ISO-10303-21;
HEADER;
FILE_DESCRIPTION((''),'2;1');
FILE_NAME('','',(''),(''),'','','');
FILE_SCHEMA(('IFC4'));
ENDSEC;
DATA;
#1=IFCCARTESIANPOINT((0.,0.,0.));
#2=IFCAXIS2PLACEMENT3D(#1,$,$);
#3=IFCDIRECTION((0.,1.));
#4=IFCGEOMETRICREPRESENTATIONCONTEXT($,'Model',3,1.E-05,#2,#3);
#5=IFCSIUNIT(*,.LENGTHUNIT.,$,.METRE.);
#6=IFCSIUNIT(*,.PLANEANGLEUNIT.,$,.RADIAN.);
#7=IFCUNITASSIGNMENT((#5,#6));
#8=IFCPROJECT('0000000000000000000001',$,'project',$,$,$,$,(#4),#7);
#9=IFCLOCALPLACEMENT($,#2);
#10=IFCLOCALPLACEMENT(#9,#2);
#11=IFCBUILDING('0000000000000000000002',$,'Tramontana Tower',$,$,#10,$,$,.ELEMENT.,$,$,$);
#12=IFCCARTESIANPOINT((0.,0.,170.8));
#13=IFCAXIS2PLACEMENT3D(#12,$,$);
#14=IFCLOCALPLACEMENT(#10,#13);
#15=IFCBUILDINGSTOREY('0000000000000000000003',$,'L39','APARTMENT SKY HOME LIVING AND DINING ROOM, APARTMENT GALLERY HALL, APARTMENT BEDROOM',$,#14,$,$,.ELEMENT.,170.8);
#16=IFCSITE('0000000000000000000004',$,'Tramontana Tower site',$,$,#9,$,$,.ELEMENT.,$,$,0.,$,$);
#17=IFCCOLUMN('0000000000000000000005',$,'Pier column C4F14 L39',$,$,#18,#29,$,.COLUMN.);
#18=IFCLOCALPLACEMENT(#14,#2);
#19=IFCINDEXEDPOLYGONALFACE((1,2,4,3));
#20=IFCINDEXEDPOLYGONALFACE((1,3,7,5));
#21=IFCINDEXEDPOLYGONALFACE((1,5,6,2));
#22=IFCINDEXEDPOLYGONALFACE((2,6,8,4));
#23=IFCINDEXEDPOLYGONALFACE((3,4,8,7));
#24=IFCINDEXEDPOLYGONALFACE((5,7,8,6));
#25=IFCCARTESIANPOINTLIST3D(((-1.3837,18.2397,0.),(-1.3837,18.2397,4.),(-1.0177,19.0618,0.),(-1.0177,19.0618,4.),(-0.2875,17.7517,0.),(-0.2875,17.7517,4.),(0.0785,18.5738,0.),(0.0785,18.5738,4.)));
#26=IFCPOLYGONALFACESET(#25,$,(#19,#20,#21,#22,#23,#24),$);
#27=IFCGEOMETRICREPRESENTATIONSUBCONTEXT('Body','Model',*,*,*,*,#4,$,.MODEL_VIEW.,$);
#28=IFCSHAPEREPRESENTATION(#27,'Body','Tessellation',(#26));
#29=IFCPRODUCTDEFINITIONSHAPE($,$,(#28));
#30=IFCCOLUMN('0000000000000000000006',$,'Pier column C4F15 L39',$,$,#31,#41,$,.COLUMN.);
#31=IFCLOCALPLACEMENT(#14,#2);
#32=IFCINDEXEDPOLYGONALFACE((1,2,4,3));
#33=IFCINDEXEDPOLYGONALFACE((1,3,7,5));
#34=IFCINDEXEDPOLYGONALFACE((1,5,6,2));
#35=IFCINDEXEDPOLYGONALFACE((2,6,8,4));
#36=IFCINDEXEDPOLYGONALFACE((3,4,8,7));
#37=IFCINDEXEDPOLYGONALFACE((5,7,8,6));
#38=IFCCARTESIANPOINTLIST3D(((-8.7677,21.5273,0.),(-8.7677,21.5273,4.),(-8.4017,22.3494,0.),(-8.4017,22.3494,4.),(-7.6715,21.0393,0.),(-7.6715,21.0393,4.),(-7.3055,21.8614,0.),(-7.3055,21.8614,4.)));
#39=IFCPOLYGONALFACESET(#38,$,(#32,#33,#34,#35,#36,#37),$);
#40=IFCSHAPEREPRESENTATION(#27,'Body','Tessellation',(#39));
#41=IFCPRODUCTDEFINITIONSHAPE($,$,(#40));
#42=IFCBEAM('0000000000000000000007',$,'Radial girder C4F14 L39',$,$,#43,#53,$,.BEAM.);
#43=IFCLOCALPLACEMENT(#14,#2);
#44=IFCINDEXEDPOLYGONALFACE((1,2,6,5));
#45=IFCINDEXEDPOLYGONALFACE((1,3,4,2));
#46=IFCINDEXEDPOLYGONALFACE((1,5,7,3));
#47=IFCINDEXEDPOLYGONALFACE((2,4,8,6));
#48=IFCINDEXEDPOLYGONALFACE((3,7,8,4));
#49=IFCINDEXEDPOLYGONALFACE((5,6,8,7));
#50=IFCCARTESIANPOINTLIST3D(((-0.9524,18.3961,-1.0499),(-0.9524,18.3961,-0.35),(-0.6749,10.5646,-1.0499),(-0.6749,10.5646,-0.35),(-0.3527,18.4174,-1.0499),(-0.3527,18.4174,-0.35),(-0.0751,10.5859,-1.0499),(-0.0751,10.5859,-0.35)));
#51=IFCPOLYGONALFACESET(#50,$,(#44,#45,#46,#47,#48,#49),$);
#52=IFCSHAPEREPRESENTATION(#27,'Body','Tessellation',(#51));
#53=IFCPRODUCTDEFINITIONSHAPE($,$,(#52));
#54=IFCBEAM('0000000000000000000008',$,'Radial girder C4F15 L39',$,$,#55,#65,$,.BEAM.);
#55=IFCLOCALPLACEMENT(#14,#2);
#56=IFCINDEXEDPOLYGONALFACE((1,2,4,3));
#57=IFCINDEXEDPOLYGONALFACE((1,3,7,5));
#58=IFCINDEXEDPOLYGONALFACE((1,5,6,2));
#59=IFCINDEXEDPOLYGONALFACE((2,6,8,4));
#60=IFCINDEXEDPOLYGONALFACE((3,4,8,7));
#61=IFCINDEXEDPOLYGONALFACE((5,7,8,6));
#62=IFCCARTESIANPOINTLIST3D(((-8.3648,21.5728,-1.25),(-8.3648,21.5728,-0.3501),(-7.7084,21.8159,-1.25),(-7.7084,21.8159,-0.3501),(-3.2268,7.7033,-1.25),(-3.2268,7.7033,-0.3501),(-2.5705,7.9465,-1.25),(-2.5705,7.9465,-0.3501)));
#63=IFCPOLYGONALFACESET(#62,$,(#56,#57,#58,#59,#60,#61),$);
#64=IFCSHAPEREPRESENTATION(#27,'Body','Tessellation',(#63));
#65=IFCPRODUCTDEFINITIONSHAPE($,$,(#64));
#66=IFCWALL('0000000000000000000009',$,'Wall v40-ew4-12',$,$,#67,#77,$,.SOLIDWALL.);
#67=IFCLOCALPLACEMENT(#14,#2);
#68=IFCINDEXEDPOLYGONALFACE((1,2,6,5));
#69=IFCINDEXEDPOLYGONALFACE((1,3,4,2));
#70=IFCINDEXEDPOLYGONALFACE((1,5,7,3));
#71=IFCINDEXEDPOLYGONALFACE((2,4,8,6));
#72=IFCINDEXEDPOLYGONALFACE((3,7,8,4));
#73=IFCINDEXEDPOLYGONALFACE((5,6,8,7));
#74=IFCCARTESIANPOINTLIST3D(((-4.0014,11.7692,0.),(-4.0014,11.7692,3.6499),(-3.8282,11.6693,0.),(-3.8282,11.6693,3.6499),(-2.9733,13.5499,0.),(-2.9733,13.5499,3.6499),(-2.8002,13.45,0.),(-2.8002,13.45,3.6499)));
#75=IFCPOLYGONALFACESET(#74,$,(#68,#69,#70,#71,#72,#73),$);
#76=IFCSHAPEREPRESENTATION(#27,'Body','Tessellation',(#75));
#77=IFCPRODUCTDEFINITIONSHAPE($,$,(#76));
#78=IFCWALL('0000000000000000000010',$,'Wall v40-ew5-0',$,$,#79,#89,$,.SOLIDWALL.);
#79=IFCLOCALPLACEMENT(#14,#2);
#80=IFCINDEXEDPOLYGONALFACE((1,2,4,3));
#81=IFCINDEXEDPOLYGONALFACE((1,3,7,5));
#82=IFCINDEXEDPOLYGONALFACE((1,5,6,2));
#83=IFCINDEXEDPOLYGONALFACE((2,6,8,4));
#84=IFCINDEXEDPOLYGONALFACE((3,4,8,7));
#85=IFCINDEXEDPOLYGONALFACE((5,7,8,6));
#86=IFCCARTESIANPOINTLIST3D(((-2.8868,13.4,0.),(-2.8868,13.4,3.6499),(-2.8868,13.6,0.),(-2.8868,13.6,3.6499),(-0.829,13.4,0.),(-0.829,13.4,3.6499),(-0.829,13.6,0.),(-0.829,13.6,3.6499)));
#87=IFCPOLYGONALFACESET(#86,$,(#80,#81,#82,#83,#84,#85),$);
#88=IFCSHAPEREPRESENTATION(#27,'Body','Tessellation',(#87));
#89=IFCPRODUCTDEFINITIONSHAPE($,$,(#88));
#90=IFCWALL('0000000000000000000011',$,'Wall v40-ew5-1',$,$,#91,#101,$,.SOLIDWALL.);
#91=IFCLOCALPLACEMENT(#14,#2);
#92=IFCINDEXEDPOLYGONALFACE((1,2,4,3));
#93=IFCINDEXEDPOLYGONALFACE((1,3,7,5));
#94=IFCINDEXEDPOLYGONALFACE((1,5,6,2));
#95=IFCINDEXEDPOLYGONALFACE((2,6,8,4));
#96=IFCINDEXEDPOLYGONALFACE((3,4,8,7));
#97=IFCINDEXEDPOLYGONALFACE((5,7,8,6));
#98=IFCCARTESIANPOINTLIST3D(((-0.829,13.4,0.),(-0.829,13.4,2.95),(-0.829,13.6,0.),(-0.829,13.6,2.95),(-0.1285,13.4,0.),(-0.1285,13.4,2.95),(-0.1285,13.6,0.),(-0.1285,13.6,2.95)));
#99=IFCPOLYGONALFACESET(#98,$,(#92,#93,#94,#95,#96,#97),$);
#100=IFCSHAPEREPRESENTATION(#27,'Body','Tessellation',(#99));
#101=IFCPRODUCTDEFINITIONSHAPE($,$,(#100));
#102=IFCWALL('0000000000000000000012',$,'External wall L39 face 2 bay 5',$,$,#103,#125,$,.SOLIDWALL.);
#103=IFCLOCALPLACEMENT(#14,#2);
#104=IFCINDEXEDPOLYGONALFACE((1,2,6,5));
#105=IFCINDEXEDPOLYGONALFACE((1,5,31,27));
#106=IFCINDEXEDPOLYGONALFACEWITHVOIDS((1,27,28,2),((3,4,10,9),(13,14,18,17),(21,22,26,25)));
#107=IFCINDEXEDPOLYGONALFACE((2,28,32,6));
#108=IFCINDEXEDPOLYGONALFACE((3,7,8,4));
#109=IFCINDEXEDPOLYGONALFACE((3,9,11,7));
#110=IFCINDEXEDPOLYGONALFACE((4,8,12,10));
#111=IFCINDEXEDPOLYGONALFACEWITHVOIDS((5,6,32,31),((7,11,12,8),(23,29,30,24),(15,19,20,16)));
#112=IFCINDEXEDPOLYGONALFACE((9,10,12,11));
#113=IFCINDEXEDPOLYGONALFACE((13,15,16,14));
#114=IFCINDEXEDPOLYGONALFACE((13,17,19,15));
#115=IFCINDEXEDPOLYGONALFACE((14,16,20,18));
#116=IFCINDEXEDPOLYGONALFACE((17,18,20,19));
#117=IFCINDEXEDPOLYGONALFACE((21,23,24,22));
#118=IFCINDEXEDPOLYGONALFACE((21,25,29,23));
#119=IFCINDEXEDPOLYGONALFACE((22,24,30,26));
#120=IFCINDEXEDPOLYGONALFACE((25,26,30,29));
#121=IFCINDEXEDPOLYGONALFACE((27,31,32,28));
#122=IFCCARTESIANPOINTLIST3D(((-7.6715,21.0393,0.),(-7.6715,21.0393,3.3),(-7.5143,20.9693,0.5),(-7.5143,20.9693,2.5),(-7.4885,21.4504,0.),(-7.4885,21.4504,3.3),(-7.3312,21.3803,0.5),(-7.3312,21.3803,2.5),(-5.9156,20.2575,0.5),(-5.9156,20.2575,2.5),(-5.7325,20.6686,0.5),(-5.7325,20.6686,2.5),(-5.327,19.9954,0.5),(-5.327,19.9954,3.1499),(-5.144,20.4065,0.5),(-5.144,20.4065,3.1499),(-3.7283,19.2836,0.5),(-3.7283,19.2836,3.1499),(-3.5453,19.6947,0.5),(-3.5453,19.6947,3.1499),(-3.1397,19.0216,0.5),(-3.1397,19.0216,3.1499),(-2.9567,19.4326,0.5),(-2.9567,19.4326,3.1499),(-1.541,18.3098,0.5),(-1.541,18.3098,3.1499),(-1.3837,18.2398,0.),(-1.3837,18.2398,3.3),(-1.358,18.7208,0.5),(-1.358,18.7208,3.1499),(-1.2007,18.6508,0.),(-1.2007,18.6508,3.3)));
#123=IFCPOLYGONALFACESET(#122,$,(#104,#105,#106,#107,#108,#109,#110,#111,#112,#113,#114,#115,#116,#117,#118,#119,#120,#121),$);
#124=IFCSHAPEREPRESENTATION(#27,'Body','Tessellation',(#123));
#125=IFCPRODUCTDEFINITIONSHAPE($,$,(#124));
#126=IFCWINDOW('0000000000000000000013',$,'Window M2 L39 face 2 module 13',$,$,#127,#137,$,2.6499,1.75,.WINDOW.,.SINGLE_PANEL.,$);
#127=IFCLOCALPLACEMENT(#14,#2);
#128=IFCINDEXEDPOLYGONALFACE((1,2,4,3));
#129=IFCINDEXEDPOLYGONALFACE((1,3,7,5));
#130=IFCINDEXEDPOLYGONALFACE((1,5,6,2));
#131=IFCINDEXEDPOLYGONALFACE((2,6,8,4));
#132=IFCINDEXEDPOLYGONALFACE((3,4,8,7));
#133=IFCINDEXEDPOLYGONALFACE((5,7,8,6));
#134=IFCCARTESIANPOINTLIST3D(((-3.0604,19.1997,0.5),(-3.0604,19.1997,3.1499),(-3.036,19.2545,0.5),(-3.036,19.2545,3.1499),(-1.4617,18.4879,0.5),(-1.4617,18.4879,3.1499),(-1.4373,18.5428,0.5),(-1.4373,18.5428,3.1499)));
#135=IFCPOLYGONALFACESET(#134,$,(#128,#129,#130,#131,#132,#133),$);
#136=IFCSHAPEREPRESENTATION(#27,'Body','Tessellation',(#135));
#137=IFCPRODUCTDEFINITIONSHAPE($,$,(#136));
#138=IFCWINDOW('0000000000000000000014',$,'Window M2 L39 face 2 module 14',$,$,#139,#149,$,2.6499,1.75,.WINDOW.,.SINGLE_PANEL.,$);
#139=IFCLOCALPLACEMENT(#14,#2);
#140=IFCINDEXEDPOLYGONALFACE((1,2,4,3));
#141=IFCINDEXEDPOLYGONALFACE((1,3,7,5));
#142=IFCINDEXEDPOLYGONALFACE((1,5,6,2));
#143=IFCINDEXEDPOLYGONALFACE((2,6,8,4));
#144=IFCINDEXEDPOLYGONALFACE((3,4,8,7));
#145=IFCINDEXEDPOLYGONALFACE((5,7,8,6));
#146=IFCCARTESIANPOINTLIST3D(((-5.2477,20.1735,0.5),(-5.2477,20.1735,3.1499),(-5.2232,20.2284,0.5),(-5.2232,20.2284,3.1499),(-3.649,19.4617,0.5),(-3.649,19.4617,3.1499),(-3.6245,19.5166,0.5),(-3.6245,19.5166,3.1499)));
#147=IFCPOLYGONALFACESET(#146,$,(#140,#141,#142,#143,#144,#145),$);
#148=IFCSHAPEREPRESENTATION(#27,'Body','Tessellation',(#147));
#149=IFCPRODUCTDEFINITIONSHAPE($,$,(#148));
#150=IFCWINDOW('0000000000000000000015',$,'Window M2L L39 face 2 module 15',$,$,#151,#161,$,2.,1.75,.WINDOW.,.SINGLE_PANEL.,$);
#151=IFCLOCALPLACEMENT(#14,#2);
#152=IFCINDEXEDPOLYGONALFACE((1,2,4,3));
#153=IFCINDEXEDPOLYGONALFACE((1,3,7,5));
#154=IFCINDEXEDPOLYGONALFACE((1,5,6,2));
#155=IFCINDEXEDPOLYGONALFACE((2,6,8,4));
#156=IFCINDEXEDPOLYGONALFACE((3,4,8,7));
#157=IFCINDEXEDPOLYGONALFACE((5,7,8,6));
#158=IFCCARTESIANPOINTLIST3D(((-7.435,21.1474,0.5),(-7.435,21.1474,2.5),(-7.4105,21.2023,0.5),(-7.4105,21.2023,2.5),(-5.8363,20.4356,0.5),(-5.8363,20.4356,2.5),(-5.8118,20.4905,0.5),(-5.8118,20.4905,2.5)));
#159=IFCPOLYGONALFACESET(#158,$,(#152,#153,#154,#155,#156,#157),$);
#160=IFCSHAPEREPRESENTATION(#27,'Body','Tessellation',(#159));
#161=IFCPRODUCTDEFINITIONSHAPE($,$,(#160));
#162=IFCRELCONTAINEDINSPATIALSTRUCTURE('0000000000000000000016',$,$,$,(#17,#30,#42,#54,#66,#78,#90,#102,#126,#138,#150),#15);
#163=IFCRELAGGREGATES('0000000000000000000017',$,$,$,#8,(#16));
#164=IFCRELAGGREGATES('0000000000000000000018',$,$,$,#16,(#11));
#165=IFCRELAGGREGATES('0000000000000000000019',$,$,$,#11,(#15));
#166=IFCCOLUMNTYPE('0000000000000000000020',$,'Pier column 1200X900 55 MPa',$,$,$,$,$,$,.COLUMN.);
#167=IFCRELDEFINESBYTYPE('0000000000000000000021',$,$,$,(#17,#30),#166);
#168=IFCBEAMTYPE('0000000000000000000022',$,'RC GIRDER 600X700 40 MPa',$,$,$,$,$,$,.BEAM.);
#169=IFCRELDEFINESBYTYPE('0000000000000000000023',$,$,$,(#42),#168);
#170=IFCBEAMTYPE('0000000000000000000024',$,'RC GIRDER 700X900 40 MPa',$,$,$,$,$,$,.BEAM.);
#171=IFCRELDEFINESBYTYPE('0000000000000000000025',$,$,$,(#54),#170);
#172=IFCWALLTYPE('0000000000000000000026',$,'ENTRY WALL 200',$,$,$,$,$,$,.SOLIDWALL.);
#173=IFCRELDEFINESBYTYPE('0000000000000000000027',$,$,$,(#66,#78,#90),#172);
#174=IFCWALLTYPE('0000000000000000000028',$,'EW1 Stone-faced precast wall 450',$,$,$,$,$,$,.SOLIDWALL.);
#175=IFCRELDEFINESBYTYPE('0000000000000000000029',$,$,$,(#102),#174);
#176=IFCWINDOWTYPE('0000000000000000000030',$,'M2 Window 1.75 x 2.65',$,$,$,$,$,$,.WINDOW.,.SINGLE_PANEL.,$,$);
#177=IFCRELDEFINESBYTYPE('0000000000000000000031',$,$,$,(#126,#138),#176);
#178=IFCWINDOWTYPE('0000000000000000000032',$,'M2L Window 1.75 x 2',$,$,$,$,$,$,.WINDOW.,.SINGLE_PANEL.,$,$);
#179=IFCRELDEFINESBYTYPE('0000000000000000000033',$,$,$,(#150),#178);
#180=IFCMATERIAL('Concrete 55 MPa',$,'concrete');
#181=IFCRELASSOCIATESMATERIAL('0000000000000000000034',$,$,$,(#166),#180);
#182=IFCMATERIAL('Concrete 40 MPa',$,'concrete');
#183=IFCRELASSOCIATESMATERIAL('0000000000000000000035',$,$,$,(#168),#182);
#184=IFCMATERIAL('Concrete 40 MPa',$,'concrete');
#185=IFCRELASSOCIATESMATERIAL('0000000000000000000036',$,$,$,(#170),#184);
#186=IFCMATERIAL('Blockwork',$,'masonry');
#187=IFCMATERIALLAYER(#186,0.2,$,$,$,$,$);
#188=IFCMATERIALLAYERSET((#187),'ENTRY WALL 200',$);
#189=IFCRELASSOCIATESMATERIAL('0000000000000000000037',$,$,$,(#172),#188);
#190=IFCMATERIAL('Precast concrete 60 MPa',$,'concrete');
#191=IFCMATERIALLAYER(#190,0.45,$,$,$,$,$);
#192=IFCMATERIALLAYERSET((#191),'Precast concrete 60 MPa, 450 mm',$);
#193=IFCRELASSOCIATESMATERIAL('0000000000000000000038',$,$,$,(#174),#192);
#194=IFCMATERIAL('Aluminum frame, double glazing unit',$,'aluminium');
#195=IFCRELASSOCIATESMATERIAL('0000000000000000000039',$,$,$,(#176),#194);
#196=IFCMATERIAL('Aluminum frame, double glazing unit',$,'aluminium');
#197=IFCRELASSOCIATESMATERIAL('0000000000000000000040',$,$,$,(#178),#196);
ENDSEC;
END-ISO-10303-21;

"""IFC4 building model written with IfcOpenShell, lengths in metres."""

from ifc_helpers import new_model, si_unit, direction, frame, frame_2d, origin, origin_2d, place, context, subcontext, project, spatial, rectangle, extrude, material, layer, layer_set, material_profile, profile_set, type_object, element, fill, save


model = new_model("IFC4")

# Units and contexts
model_context = context("Model", 3, precision=1e-05, world=origin(), true_north=direction((0.0, 1.0)))
body_context = subcontext(model_context, "Body", "Model", "MODEL_VIEW")
ifc_project = project(units=[si_unit("LENGTHUNIT", "METRE"), si_unit("PLANEANGLEUNIT", "RADIAN")], contexts=[model_context])

# Site, building, storey
site_placement = place(None, origin())
site = spatial("IfcSite", under=ifc_project, at=site_placement, Name="Tramontana Tower site", CompositionType="ELEMENT", RefElevation=0.0)
building_placement = place(site_placement, origin())
building = spatial("IfcBuilding", under=site, at=building_placement, Name="Tramontana Tower", CompositionType="ELEMENT")
storey_placement = place(building_placement, frame((0.0, 0.0, 170.8)))
storey = spatial("IfcBuildingStorey", under=building, at=storey_placement, Name="L39", Description="APARTMENT SKY HOME LIVING AND DINING ROOM, APARTMENT GALLERY HALL, APARTMENT BEDROOM", CompositionType="ELEMENT", Elevation=170.8)

# Columns
ifc_material_1 = material(Name="Concrete 55 MPa", Category="concrete")
ifc_material_profile_1 = material_profile(ifc_material_1, rectangle(XDim=1.2, YDim=0.8999, at=origin_2d()), Name="Pier column 1200X900 55 MPa")
ifc_profile_set_1 = profile_set([ifc_material_profile_1], Name="Concrete 55 MPa")
column_type = type_object("IfcColumnType", Name="Pier column 1200X900 55 MPa", PredefinedType="COLUMN", material=ifc_profile_set_1)
for number, where, z_axis, x_axis, name in (
    (1, (-0.6526, 18.4067, 0.0), (0.0, 0.0, 1.0), (-0.913545, 0.406737, 0.0), "Pier column C4F14 L39"),
    (2, (-8.0366, 21.6943, 0.0), (0.0, 0.0, 1.0), (-0.913545, 0.406737, 0.0), "Pier column C4F15 L39"),
):
    element("IfcColumn", number, at=place(storey_placement, frame(where, z_axis=z_axis, x_axis=x_axis)), inside=storey, type_object=column_type, Name=name, PredefinedType="COLUMN", context=body_context, shape_type="SweptSolid", body=[
        extrude(rectangle(XDim=1.2, YDim=0.8999, at=origin_2d()), origin(), (0.0, 0.0, 1.0), 4.0),
    ])

# Beams
ifc_material_2 = material(Name="Concrete 40 MPa", Category="concrete")
ifc_material_profile_2 = material_profile(ifc_material_2, rectangle(XDim=0.6001, YDim=0.7, at=origin_2d()), Name="RC GIRDER 600X700 40 MPa")
ifc_profile_set_2 = profile_set([ifc_material_profile_2], Name="Concrete 40 MPa")
beam_type_1 = type_object("IfcBeamType", Name="RC GIRDER 600X700 40 MPa", PredefinedType="BEAM", material=ifc_profile_set_2)
beam_1_placement = place(storey_placement, frame((-0.6526, 18.4067, -0.7), z_axis=(0.035423, -0.999372, 0.0), x_axis=(0.999372, 0.035423, 0.0)))
element("IfcBeam", 3, at=beam_1_placement, inside=storey, type_object=beam_type_1, Name="Radial girder C4F14 L39", PredefinedType="BEAM", context=body_context, shape_type="SweptSolid", body=[
    extrude(rectangle(XDim=0.6001, YDim=0.7, at=origin_2d()), origin(), (0.0, 0.0, 1.0), 7.8364),
])
ifc_material_3 = material(Name="Concrete 40 MPa", Category="concrete")
ifc_material_profile_3 = material_profile(ifc_material_3, rectangle(XDim=0.7, YDim=0.8999, at=origin_2d()), Name="RC GIRDER 700X900 40 MPa")
ifc_profile_set_3 = profile_set([ifc_material_profile_3], Name="Concrete 40 MPa")
beam_type_2 = type_object("IfcBeamType", Name="RC GIRDER 700X900 40 MPa", PredefinedType="BEAM", material=ifc_profile_set_3)
beam_2_placement = place(storey_placement, frame((-8.0366, 21.6943, -0.8), z_axis=(0.347382, -0.937724, 0.0), x_axis=(0.937724, 0.347382, 0.0)))
element("IfcBeam", 4, at=beam_2_placement, inside=storey, type_object=beam_type_2, Name="Radial girder C4F15 L39", PredefinedType="BEAM", context=body_context, shape_type="SweptSolid", body=[
    extrude(rectangle(XDim=0.7, YDim=0.8999, at=origin_2d()), origin(), (0.0, 0.0, 1.0), 14.7905),
])

# Walls
ifc_material_4 = material(Name="Blockwork", Category="masonry")
ifc_layer_1 = layer(ifc_material_4, 0.2)
ifc_layer_set_1 = layer_set([ifc_layer_1], Name="ENTRY WALL 200")
wall_type_1 = type_object("IfcWallType", Name="ENTRY WALL 200", PredefinedType="SOLIDWALL", material=ifc_layer_set_1)
wall_1_placement = place(storey_placement, frame((-3.9148, 11.7192, 0.0), z_axis=(0.0, 0.0, 1.0), x_axis=(0.499983, 0.866035, 0.0)))
element("IfcWall", 5, at=wall_1_placement, inside=storey, type_object=wall_type_1, Name="Wall v40-ew4-12", PredefinedType="SOLIDWALL", context=body_context, shape_type="SweptSolid", body=[
    extrude(rectangle(XDim=2.0562, YDim=0.2, at=frame_2d((1.0281, 0.0))), origin(), (0.0, 0.0, 1.0), 3.6499),
])
wall_2_placement = place(storey_placement, frame((-2.8867, 13.5, 0.0), z_axis=(0.0, 0.0, 1.0), x_axis=(1.0, 0.0, 0.0)))
element("IfcWall", 6, at=wall_2_placement, inside=storey, type_object=wall_type_1, Name="Wall v40-ew5-0", PredefinedType="SOLIDWALL", context=body_context, shape_type="SweptSolid", body=[
    extrude(rectangle(XDim=2.0579, YDim=0.2, at=frame_2d((1.0288, 0.0))), origin(), (0.0, 0.0, 1.0), 3.6499),
])
wall_3_placement = place(storey_placement, frame((-0.8289, 13.5, 0.0), z_axis=(0.0, 0.0, 1.0), x_axis=(1.0, 0.0, 0.0)))
element("IfcWall", 7, at=wall_3_placement, inside=storey, type_object=wall_type_1, Name="Wall v40-ew5-1", PredefinedType="SOLIDWALL", context=body_context, shape_type="SweptSolid", body=[
    extrude(rectangle(XDim=0.7004, YDim=0.2, at=frame_2d((0.3501, 0.0))), origin(), (0.0, 0.0, 1.0), 2.95),
])

# Wall, openings, windows
ifc_material_5 = material(Name="Precast concrete 60 MPa", Category="concrete")
ifc_layer_2 = layer(ifc_material_5, 0.45)
ifc_layer_set_2 = layer_set([ifc_layer_2], Name="Precast concrete 60 MPa, 450 mm")
wall_type_2 = type_object("IfcWallType", Name="EW1 Stone-faced precast wall 450", PredefinedType="SOLIDWALL", material=ifc_layer_set_2)
wall_4_placement = place(storey_placement, frame((-1.2922, 18.4453, 0.0), z_axis=(0.0, 0.0, 1.0), x_axis=(-0.913544, 0.406741, 0.0)))
wall_4 = element("IfcWall", 8, at=wall_4_placement, inside=storey, type_object=wall_type_2, Name="External wall L39 face 2 bay 5", PredefinedType="SOLIDWALL", context=body_context, shape_type="SweptSolid", body=[
    extrude(rectangle(XDim=6.8828, YDim=0.45, at=frame_2d((3.4414, 0.0))), origin(), (0.0, 0.0, 1.0), 3.3),
])
opening_1_placement = place(wall_4_placement, frame((0.1721, 0.0, 0.5)))
opening_1 = element("IfcOpeningElement", 9, at=opening_1_placement, cuts=wall_4, PredefinedType="OPENING", context=body_context, shape_type="SweptSolid", body=[
    extrude(rectangle(XDim=1.75, YDim=2.6499, at=frame_2d((0.875, 1.325))), frame((0.0, 0.2349, 0.0), z_axis=(0.0, -1.0, 0.0), x_axis=(1.0, 0.0, 0.0)), (0.0, 0.0, 1.0), 0.47),
])
opening_2_placement = place(wall_4_placement, frame((2.5664, 0.0, 0.5)))
opening_2 = element("IfcOpeningElement", 10, at=opening_2_placement, cuts=wall_4, PredefinedType="OPENING", context=body_context, shape_type="SweptSolid", body=[
    extrude(rectangle(XDim=1.75, YDim=2.6499, at=frame_2d((0.875, 1.325))), frame((0.0, 0.2349, 0.0), z_axis=(0.0, -1.0, 0.0), x_axis=(1.0, 0.0, 0.0)), (0.0, 0.0, 1.0), 0.47),
])
opening_3_placement = place(wall_4_placement, frame((4.9607, 0.0, 0.5)))
opening_3 = element("IfcOpeningElement", 11, at=opening_3_placement, cuts=wall_4, PredefinedType="OPENING", context=body_context, shape_type="SweptSolid", body=[
    extrude(rectangle(XDim=1.75, YDim=2.0, at=frame_2d((0.875, 1.0))), frame((0.0, 0.2349, 0.0), z_axis=(0.0, -1.0, 0.0), x_axis=(1.0, 0.0, 0.0)), (0.0, 0.0, 1.0), 0.47),
])
ifc_material_6 = material(Name="Aluminum frame, double glazing unit", Category="aluminium")
window_type_1 = type_object("IfcWindowType", Name="M2 Window 1.75 x 2.65", PartitioningType="SINGLE_PANEL", PredefinedType="WINDOW", material=ifc_material_6)
window_1_placement = place(opening_1_placement, origin())
window_1 = element("IfcWindow", 12, at=window_1_placement, inside=storey, type_object=window_type_1, Name="Window M2 L39 face 2 module 13", OverallHeight=2.6499, OverallWidth=1.75, PartitioningType="SINGLE_PANEL", PredefinedType="WINDOW", context=body_context, shape_type="SweptSolid", body=[
    extrude(rectangle(XDim=1.75, YDim=2.6499, at=frame_2d((0.875, 1.325))), frame((0.0, 0.03, 0.0), z_axis=(0.0, -1.0, 0.0), x_axis=(1.0, 0.0, 0.0)), (0.0, 0.0, 1.0), 0.0601),
])
fill(opening_1, window_1)
window_2_placement = place(opening_2_placement, origin())
window_2 = element("IfcWindow", 13, at=window_2_placement, inside=storey, type_object=window_type_1, Name="Window M2 L39 face 2 module 14", OverallHeight=2.6499, OverallWidth=1.75, PartitioningType="SINGLE_PANEL", PredefinedType="WINDOW", context=body_context, shape_type="SweptSolid", body=[
    extrude(rectangle(XDim=1.75, YDim=2.6499, at=frame_2d((0.875, 1.325))), frame((0.0, 0.03, 0.0), z_axis=(0.0, -1.0, 0.0), x_axis=(1.0, 0.0, 0.0)), (0.0, 0.0, 1.0), 0.0601),
])
fill(opening_2, window_2)
ifc_material_7 = material(Name="Aluminum frame, double glazing unit", Category="aluminium")
window_type_2 = type_object("IfcWindowType", Name="M2L Window 1.75 x 2", PartitioningType="SINGLE_PANEL", PredefinedType="WINDOW", material=ifc_material_7)
window_3_placement = place(opening_3_placement, origin())
window_3 = element("IfcWindow", 14, at=window_3_placement, inside=storey, type_object=window_type_2, Name="Window M2L L39 face 2 module 15", OverallHeight=2.0, OverallWidth=1.75, PartitioningType="SINGLE_PANEL", PredefinedType="WINDOW", context=body_context, shape_type="SweptSolid", body=[
    extrude(rectangle(XDim=1.75, YDim=2.0, at=frame_2d((0.875, 1.0))), frame((0.0, 0.03, 0.0), z_axis=(0.0, -1.0, 0.0), x_axis=(1.0, 0.0, 0.0)), (0.0, 0.0, 1.0), 0.0601),
])
fill(opening_3, window_3)

save(model, "model.ifc")
